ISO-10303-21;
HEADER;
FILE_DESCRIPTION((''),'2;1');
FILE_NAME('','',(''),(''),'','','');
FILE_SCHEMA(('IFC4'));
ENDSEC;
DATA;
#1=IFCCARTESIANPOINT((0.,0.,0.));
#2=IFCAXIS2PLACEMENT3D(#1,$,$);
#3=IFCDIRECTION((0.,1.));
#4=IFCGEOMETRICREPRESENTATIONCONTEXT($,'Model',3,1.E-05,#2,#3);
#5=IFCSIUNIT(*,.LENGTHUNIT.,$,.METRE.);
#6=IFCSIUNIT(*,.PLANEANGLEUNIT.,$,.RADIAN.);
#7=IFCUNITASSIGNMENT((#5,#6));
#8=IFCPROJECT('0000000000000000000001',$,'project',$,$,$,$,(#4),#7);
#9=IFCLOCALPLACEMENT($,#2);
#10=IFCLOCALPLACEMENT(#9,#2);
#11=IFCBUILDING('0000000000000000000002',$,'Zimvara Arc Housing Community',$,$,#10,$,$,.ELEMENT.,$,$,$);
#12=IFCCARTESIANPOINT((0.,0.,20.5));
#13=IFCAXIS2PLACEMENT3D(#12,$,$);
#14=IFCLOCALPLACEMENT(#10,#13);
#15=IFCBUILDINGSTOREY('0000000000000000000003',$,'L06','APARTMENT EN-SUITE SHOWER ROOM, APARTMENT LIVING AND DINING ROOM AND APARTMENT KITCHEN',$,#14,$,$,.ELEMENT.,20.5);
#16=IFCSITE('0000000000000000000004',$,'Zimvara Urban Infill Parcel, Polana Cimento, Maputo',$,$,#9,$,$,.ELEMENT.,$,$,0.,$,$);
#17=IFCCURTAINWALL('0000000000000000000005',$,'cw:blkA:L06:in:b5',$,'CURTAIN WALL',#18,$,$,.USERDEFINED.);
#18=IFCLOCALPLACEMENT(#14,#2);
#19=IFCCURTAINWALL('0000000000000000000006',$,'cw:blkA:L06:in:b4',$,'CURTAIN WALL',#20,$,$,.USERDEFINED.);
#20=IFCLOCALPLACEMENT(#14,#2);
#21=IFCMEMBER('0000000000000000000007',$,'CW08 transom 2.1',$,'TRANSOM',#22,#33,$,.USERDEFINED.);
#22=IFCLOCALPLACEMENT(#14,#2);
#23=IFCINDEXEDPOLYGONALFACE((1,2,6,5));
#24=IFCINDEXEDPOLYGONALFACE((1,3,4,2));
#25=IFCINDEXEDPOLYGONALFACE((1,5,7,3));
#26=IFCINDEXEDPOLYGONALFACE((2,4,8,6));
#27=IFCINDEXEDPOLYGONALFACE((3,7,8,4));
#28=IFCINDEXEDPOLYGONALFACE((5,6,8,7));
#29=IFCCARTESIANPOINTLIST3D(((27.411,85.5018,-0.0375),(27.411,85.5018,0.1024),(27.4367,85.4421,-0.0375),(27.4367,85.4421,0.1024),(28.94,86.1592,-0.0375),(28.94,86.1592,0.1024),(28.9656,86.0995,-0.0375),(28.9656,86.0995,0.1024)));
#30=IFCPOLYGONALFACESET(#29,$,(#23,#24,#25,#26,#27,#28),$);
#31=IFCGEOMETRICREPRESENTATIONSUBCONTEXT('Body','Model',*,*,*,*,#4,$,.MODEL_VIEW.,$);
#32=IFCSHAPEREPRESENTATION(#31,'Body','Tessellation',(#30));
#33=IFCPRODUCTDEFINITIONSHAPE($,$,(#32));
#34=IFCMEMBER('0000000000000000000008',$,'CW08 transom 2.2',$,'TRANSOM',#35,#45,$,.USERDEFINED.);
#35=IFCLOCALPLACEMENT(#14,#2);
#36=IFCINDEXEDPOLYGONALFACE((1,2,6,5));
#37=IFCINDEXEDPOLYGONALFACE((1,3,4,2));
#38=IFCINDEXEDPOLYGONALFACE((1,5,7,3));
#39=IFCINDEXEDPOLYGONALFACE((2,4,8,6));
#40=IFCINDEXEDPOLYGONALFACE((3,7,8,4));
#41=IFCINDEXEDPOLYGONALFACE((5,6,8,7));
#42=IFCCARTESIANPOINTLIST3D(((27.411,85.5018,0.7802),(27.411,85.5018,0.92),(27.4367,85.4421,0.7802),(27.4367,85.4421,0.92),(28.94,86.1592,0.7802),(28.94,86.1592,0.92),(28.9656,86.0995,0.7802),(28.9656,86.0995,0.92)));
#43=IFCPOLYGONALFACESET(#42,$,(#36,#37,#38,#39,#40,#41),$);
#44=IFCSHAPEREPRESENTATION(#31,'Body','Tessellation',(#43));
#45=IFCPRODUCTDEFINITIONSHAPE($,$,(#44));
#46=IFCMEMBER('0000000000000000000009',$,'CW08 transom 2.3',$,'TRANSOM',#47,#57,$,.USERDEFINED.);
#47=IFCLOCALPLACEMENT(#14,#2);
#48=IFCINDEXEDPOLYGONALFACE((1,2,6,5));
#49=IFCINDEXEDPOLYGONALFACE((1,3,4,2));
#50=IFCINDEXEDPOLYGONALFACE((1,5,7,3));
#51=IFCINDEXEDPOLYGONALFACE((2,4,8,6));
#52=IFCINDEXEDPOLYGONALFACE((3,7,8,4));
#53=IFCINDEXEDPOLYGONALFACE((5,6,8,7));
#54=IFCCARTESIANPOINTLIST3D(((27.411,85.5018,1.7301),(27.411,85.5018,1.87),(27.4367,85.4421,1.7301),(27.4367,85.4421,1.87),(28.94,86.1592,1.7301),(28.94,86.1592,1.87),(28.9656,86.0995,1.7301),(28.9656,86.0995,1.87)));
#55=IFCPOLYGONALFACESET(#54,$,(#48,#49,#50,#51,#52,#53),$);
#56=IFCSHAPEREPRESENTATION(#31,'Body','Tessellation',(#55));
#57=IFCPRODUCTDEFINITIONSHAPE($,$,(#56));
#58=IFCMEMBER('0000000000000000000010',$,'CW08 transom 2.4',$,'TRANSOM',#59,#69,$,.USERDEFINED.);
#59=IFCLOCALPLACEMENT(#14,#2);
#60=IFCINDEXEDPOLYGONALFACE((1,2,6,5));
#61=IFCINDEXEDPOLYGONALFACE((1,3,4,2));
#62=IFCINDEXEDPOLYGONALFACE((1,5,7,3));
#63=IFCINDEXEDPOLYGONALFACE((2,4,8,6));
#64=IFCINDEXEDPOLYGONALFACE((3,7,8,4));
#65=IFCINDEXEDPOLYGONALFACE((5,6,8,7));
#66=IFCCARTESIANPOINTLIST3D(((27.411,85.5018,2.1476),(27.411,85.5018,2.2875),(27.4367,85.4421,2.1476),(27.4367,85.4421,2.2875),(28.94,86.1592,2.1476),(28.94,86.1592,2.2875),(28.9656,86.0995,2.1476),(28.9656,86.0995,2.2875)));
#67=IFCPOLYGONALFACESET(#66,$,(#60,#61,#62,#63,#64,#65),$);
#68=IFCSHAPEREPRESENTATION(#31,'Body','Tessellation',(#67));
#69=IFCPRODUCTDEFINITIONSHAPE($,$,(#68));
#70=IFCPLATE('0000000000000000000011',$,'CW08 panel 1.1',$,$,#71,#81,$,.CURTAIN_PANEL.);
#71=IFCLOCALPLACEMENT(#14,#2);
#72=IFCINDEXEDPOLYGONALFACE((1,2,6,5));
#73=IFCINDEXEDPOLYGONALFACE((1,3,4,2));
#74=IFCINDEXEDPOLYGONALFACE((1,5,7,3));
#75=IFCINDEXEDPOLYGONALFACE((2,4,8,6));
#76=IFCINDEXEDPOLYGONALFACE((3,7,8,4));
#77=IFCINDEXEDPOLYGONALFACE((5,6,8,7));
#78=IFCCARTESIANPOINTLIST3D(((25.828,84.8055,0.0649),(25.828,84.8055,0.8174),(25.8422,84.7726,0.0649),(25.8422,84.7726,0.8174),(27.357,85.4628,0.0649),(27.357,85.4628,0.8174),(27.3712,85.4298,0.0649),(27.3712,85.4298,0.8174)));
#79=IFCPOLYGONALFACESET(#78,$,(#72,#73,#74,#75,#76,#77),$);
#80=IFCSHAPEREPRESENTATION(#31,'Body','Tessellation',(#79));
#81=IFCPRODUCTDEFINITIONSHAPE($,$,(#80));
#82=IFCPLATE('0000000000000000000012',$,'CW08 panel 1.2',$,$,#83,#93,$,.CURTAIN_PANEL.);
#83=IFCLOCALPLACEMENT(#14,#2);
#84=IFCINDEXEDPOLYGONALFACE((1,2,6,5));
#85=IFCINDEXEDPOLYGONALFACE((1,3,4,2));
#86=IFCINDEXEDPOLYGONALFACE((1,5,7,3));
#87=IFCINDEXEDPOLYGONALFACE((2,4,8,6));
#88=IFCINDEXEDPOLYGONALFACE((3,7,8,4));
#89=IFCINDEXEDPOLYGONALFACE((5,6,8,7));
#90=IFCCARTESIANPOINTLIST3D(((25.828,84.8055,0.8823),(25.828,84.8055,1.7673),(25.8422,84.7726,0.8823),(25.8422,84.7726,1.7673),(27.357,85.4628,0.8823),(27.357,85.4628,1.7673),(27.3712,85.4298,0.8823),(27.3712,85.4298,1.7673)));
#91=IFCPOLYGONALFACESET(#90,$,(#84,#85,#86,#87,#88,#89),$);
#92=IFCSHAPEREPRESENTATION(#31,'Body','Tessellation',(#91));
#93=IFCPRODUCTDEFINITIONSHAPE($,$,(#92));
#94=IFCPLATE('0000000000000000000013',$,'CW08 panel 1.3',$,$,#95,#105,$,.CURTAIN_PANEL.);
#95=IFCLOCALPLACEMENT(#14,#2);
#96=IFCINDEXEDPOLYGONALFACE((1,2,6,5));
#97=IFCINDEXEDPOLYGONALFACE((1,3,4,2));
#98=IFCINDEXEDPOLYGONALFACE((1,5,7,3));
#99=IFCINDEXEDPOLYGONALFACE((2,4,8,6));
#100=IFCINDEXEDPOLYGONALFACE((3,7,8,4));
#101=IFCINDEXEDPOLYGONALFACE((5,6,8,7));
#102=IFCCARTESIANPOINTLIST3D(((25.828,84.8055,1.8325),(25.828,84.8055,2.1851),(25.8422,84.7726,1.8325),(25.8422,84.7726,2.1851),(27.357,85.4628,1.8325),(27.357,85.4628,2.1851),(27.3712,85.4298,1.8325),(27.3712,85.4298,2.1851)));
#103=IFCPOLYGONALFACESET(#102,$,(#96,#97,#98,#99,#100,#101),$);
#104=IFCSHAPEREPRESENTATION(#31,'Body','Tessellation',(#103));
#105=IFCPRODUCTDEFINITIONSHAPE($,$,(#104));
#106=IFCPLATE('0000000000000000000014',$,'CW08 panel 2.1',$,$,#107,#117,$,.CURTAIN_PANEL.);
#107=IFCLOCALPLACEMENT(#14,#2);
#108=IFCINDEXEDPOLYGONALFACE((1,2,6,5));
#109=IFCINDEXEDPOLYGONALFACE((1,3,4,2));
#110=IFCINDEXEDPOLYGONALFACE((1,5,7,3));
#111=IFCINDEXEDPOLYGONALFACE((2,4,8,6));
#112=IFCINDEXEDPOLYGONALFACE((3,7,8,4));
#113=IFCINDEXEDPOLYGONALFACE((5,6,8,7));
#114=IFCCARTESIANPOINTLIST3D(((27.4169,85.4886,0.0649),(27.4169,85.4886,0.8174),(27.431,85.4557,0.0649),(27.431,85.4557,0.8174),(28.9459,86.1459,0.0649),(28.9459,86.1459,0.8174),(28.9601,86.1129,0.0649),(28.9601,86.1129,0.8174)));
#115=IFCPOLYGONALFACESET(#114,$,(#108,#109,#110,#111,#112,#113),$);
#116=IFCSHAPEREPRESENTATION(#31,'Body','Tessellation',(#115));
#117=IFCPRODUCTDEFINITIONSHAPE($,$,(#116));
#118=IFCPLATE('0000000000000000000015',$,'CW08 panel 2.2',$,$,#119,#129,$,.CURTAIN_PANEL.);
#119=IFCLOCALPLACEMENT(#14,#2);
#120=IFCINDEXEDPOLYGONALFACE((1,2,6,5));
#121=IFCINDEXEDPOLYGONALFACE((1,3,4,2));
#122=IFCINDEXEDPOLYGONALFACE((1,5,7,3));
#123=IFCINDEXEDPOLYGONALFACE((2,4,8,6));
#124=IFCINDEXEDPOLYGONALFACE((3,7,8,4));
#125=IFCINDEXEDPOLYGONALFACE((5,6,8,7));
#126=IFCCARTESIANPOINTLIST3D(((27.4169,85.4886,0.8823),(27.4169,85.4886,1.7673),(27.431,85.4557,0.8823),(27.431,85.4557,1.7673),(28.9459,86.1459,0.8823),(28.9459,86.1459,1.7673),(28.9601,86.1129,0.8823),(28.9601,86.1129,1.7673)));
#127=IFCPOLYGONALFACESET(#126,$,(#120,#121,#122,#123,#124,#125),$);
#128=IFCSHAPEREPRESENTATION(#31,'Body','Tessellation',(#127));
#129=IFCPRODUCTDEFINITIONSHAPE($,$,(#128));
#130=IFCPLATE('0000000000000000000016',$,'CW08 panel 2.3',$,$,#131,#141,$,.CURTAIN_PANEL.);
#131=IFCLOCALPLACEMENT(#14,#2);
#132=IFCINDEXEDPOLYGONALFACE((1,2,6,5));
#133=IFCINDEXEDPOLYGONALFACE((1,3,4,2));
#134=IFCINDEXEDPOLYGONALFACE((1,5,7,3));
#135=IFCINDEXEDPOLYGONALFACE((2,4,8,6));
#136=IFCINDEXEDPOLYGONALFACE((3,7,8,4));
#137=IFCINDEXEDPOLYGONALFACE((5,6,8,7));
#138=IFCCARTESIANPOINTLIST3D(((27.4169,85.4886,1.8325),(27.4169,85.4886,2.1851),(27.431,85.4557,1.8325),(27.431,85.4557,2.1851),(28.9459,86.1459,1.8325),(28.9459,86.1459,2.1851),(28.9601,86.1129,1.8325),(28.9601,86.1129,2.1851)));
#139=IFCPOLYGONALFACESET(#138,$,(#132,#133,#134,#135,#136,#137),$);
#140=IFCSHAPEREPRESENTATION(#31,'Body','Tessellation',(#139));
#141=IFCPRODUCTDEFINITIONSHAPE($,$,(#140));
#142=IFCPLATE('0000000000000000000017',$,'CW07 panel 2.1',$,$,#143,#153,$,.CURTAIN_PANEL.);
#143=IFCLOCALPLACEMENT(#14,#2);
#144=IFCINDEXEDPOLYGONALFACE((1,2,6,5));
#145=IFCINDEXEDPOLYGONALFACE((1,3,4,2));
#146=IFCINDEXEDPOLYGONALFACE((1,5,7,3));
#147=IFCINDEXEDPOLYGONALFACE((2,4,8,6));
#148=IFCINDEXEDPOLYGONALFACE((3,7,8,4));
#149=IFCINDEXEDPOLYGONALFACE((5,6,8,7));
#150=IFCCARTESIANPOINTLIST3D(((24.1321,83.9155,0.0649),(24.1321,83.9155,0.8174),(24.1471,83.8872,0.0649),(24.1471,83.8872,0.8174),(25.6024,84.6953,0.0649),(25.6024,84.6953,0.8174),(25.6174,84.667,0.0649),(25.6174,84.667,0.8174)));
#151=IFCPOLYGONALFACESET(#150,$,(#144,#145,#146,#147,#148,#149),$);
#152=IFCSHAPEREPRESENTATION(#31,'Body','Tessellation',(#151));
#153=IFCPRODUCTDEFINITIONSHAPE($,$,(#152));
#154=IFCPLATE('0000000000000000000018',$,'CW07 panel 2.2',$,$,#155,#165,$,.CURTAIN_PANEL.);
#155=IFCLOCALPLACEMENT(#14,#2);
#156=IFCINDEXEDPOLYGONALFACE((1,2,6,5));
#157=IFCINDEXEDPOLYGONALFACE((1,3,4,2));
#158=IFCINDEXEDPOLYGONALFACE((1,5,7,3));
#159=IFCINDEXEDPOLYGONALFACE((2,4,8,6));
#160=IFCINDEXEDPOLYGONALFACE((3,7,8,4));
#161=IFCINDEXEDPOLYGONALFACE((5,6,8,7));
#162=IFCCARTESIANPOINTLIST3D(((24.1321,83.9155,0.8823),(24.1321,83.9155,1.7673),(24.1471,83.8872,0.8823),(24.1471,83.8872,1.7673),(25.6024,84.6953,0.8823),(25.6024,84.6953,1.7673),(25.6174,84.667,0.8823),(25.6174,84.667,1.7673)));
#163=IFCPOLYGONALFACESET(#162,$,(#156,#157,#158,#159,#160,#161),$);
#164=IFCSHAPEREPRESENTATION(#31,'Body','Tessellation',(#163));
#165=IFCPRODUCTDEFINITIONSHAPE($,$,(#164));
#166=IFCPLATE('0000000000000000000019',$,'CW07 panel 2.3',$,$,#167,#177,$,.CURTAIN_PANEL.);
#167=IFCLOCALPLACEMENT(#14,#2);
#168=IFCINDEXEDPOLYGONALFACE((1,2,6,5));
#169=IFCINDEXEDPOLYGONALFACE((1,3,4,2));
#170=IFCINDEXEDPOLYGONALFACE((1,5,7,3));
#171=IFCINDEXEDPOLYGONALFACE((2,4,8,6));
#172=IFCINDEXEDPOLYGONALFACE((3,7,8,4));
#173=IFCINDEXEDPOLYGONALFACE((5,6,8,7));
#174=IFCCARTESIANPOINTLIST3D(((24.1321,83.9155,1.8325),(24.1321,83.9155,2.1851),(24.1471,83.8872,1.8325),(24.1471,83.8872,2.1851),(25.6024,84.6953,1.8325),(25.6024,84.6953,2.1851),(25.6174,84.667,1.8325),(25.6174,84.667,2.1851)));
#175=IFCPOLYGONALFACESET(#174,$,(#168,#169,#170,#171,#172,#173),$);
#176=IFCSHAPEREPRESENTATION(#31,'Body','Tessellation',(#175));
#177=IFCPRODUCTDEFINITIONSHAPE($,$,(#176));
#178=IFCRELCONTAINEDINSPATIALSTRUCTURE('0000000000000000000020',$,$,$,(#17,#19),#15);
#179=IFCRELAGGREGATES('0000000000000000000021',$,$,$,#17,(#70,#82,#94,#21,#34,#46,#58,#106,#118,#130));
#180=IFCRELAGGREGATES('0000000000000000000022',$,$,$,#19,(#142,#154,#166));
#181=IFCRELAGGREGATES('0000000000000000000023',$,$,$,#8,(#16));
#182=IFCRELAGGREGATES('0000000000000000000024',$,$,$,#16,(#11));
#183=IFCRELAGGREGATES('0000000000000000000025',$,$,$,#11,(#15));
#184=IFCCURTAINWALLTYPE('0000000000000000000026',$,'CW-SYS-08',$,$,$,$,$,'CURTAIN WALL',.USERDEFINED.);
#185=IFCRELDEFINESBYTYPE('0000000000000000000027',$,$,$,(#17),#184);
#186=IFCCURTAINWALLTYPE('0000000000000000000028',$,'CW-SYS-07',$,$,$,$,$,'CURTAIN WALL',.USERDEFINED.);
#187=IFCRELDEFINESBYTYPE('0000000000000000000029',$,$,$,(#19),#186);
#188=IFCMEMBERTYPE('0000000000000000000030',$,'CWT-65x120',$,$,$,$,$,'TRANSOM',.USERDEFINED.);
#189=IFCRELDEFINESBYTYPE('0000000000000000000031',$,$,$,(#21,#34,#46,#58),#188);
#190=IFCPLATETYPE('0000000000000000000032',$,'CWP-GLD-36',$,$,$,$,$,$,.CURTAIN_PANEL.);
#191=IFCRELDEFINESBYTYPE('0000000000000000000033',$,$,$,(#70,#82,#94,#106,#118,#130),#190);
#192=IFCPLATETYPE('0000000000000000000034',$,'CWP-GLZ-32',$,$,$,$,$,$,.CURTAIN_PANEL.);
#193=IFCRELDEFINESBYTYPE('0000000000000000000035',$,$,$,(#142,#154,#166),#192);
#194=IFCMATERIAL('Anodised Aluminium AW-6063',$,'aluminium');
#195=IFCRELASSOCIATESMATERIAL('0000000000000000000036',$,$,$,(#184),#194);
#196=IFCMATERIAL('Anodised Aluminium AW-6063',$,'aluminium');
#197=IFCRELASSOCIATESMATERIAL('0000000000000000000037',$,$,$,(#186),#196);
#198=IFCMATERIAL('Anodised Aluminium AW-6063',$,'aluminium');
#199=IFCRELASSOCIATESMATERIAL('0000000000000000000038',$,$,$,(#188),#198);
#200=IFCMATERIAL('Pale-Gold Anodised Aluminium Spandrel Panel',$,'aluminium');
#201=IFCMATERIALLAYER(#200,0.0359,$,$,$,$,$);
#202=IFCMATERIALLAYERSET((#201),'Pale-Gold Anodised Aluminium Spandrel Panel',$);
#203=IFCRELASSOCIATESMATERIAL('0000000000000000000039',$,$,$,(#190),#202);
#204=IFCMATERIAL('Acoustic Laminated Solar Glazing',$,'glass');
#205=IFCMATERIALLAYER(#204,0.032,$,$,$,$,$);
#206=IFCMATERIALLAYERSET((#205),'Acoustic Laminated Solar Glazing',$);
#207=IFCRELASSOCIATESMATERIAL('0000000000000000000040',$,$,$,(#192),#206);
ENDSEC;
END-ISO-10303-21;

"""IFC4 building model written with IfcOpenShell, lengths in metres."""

from ifc_helpers import new_model, si_unit, direction, frame, origin, origin_2d, place, context, subcontext, project, spatial, rectangle, extrude, material, layer, layer_set, material_profile, profile_set, type_object, element, aggregate, save


model = new_model("IFC4")

# Units and contexts
model_context = context("Model", 3, precision=1e-05, world=origin(), true_north=direction((0.0, 1.0)))
body_context = subcontext(model_context, "Body", "Model", "MODEL_VIEW")
ifc_project = project(units=[si_unit("LENGTHUNIT", "METRE"), si_unit("PLANEANGLEUNIT", "RADIAN")], contexts=[model_context])

# Site, building, storey
site_placement = place(None, origin())
site = spatial("IfcSite", under=ifc_project, at=site_placement, Name="Zimvara Urban Infill Parcel, Polana Cimento, Maputo", CompositionType="ELEMENT", RefElevation=0.0)
building_placement = place(site_placement, origin())
building = spatial("IfcBuilding", under=site, at=building_placement, Name="Zimvara Arc Housing Community", CompositionType="ELEMENT")
storey_placement = place(building_placement, frame((0.0, 0.0, 20.5)))
storey = spatial("IfcBuildingStorey", under=building, at=storey_placement, Name="L06", Description="APARTMENT EN-SUITE SHOWER ROOM, APARTMENT LIVING AND DINING ROOM AND APARTMENT KITCHEN", CompositionType="ELEMENT", Elevation=20.5)

# Curtain wall
ifc_material_1 = material(Name="Anodised Aluminium AW-6063", Category="aluminium")
curtain_wall_type_1 = type_object("IfcCurtainWallType", Name="CW-SYS-08", ElementType="CURTAIN WALL", PredefinedType="USERDEFINED", material=ifc_material_1)
curtain_wall_1_placement = place(storey_placement, origin())
curtain_wall_1 = element("IfcCurtainWall", 1, at=curtain_wall_1_placement, inside=storey, type_object=curtain_wall_type_1, Name="cw:blkA:L06:in:b5", ObjectType="CURTAIN WALL", PredefinedType="USERDEFINED")

# Curtain wall
ifc_material_2 = material(Name="Anodised Aluminium AW-6063", Category="aluminium")
curtain_wall_type_2 = type_object("IfcCurtainWallType", Name="CW-SYS-07", ElementType="CURTAIN WALL", PredefinedType="USERDEFINED", material=ifc_material_2)
curtain_wall_2_placement = place(storey_placement, origin())
curtain_wall_2 = element("IfcCurtainWall", 2, at=curtain_wall_2_placement, inside=storey, type_object=curtain_wall_type_2, Name="cw:blkA:L06:in:b4", ObjectType="CURTAIN WALL", PredefinedType="USERDEFINED")

# Members
ifc_material_3 = material(Name="Anodised Aluminium AW-6063", Category="aluminium")
ifc_material_profile_1 = material_profile(ifc_material_3, rectangle(XDim=0.0649, YDim=0.1399, at=origin_2d()), Name="ALU 65x140")
ifc_profile_set_1 = profile_set([ifc_material_profile_1], Name="Anodised Aluminium AW-6063")
member_type_1 = type_object("IfcMemberType", Name="CWT-65x120", ElementType="TRANSOM", PredefinedType="USERDEFINED", material=ifc_profile_set_1)
member_1_placement = place(storey_placement, frame((27.4238, 85.4719, 0.0325), z_axis=(0.918674, 0.395017, 0.0), x_axis=(-0.395017, 0.918674, 0.0)))
member_1 = element("IfcMember", 3, at=member_1_placement, type_object=member_type_1, Name="CW08 transom 2.1", ObjectType="TRANSOM", PredefinedType="USERDEFINED", context=body_context, shape_type="SweptSolid", body=[
    extrude(rectangle(XDim=0.0649, YDim=0.1399, at=origin_2d()), origin(), (0.0, 0.0, 1.0), 1.6643),
])
member_2_placement = place(storey_placement, frame((27.4238, 85.4719, 0.8501), z_axis=(0.918674, 0.395017, 0.0), x_axis=(-0.395017, 0.918674, 0.0)))
member_2 = element("IfcMember", 4, at=member_2_placement, type_object=member_type_1, Name="CW08 transom 2.2", ObjectType="TRANSOM", PredefinedType="USERDEFINED", context=body_context, shape_type="SweptSolid", body=[
    extrude(rectangle(XDim=0.0649, YDim=0.1399, at=origin_2d()), origin(), (0.0, 0.0, 1.0), 1.6643),
])
member_3_placement = place(storey_placement, frame((27.4238, 85.4719, 1.8), z_axis=(0.918674, 0.395017, 0.0), x_axis=(-0.395017, 0.918674, 0.0)))
member_3 = element("IfcMember", 5, at=member_3_placement, type_object=member_type_1, Name="CW08 transom 2.3", ObjectType="TRANSOM", PredefinedType="USERDEFINED", context=body_context, shape_type="SweptSolid", body=[
    extrude(rectangle(XDim=0.0649, YDim=0.1399, at=origin_2d()), origin(), (0.0, 0.0, 1.0), 1.6643),
])
member_4_placement = place(storey_placement, frame((27.4238, 85.4719, 2.2175), z_axis=(0.918674, 0.395017, 0.0), x_axis=(-0.395017, 0.918674, 0.0)))
member_4 = element("IfcMember", 6, at=member_4_placement, type_object=member_type_1, Name="CW08 transom 2.4", ObjectType="TRANSOM", PredefinedType="USERDEFINED", context=body_context, shape_type="SweptSolid", body=[
    extrude(rectangle(XDim=0.0649, YDim=0.1399, at=origin_2d()), origin(), (0.0, 0.0, 1.0), 1.6643),
])

# Plates
ifc_material_4 = material(Name="Pale-Gold Anodised Aluminium Spandrel Panel", Category="aluminium")
ifc_layer_1 = layer(ifc_material_4, 0.0359)
ifc_layer_set_1 = layer_set([ifc_layer_1], Name="Pale-Gold Anodised Aluminium Spandrel Panel")
plate_type_1 = type_object("IfcPlateType", Name="CWP-GLD-36", PredefinedType="CURTAIN_PANEL", material=ifc_layer_set_1)
plate_1_placement = place(storey_placement, frame((26.5996, 85.1177, 0.0649), z_axis=(0.0, 0.0, 1.0), x_axis=(0.918722, 0.394904, 0.0)))
plate_1 = element("IfcPlate", 7, at=plate_1_placement, type_object=plate_type_1, Name="CW08 panel 1.1", PredefinedType="CURTAIN_PANEL", context=body_context, shape_type="SweptSolid", body=[
    extrude(rectangle(XDim=1.6643, YDim=0.0359, at=origin_2d()), origin(), (0.0, 0.0, 1.0), 0.7524),
])
plate_2_placement = place(storey_placement, frame((26.5996, 85.1177, 0.8823), z_axis=(0.0, 0.0, 1.0), x_axis=(0.918722, 0.394904, 0.0)))
plate_2 = element("IfcPlate", 8, at=plate_2_placement, type_object=plate_type_1, Name="CW08 panel 1.2", PredefinedType="CURTAIN_PANEL", context=body_context, shape_type="SweptSolid", body=[
    extrude(rectangle(XDim=1.6643, YDim=0.0359, at=origin_2d()), origin(), (0.0, 0.0, 1.0), 0.885),
])
plate_3_placement = place(storey_placement, frame((26.5996, 85.1177, 1.8325), z_axis=(0.0, 0.0, 1.0), x_axis=(0.918722, 0.394904, 0.0)))
plate_3 = element("IfcPlate", 9, at=plate_3_placement, type_object=plate_type_1, Name="CW08 panel 1.3", PredefinedType="CURTAIN_PANEL", context=body_context, shape_type="SweptSolid", body=[
    extrude(rectangle(XDim=1.6643, YDim=0.0359, at=origin_2d()), origin(), (0.0, 0.0, 1.0), 0.3525),
])
plate_4_placement = place(storey_placement, frame((28.1885, 85.8008, 0.0649), z_axis=(0.0, 0.0, 1.0), x_axis=(0.918722, 0.394904, 0.0)))
plate_4 = element("IfcPlate", 10, at=plate_4_placement, type_object=plate_type_1, Name="CW08 panel 2.1", PredefinedType="CURTAIN_PANEL", context=body_context, shape_type="SweptSolid", body=[
    extrude(rectangle(XDim=1.6643, YDim=0.0359, at=origin_2d()), origin(), (0.0, 0.0, 1.0), 0.7524),
])
plate_5_placement = place(storey_placement, frame((28.1885, 85.8008, 0.8823), z_axis=(0.0, 0.0, 1.0), x_axis=(0.918722, 0.394904, 0.0)))
plate_5 = element("IfcPlate", 11, at=plate_5_placement, type_object=plate_type_1, Name="CW08 panel 2.2", PredefinedType="CURTAIN_PANEL", context=body_context, shape_type="SweptSolid", body=[
    extrude(rectangle(XDim=1.6643, YDim=0.0359, at=origin_2d()), origin(), (0.0, 0.0, 1.0), 0.885),
])
plate_6_placement = place(storey_placement, frame((28.1885, 85.8008, 1.8325), z_axis=(0.0, 0.0, 1.0), x_axis=(0.918722, 0.394904, 0.0)))
plate_6 = element("IfcPlate", 12, at=plate_6_placement, type_object=plate_type_1, Name="CW08 panel 2.3", PredefinedType="CURTAIN_PANEL", context=body_context, shape_type="SweptSolid", body=[
    extrude(rectangle(XDim=1.6643, YDim=0.0359, at=origin_2d()), origin(), (0.0, 0.0, 1.0), 0.3525),
])
aggregate(curtain_wall_1, [plate_1, plate_2, plate_3, member_1, member_2, member_3, member_4, plate_4, plate_5, plate_6])
ifc_material_5 = material(Name="Acoustic Laminated Solar Glazing", Category="glass")
ifc_layer_2 = layer(ifc_material_5, 0.032)
ifc_layer_set_2 = layer_set([ifc_layer_2], Name="Acoustic Laminated Solar Glazing")
plate_type_2 = type_object("IfcPlateType", Name="CWP-GLZ-32", PredefinedType="CURTAIN_PANEL", material=ifc_layer_set_2)
plate_7_placement = place(storey_placement, frame((24.8748, 84.2913, 0.0649), z_axis=(0.0, 0.0, 1.0), x_axis=(0.88344, 0.468545, 0.0)))
plate_7 = element("IfcPlate", 13, at=plate_7_placement, type_object=plate_type_2, Name="CW07 panel 2.1", PredefinedType="CURTAIN_PANEL", context=body_context, shape_type="SweptSolid", body=[
    extrude(rectangle(XDim=1.6643, YDim=0.032, at=origin_2d()), origin(), (0.0, 0.0, 1.0), 0.7524),
])
plate_8_placement = place(storey_placement, frame((24.8748, 84.2913, 0.8823), z_axis=(0.0, 0.0, 1.0), x_axis=(0.88344, 0.468545, 0.0)))
plate_8 = element("IfcPlate", 14, at=plate_8_placement, type_object=plate_type_2, Name="CW07 panel 2.2", PredefinedType="CURTAIN_PANEL", context=body_context, shape_type="SweptSolid", body=[
    extrude(rectangle(XDim=1.6643, YDim=0.032, at=origin_2d()), origin(), (0.0, 0.0, 1.0), 0.885),
])
plate_9_placement = place(storey_placement, frame((24.8748, 84.2913, 1.8325), z_axis=(0.0, 0.0, 1.0), x_axis=(0.88344, 0.468545, 0.0)))
plate_9 = element("IfcPlate", 15, at=plate_9_placement, type_object=plate_type_2, Name="CW07 panel 2.3", PredefinedType="CURTAIN_PANEL", context=body_context, shape_type="SweptSolid", body=[
    extrude(rectangle(XDim=1.6643, YDim=0.032, at=origin_2d()), origin(), (0.0, 0.0, 1.0), 0.3525),
])
aggregate(curtain_wall_2, [plate_7, plate_8, plate_9])

save(model, "model.ifc")
